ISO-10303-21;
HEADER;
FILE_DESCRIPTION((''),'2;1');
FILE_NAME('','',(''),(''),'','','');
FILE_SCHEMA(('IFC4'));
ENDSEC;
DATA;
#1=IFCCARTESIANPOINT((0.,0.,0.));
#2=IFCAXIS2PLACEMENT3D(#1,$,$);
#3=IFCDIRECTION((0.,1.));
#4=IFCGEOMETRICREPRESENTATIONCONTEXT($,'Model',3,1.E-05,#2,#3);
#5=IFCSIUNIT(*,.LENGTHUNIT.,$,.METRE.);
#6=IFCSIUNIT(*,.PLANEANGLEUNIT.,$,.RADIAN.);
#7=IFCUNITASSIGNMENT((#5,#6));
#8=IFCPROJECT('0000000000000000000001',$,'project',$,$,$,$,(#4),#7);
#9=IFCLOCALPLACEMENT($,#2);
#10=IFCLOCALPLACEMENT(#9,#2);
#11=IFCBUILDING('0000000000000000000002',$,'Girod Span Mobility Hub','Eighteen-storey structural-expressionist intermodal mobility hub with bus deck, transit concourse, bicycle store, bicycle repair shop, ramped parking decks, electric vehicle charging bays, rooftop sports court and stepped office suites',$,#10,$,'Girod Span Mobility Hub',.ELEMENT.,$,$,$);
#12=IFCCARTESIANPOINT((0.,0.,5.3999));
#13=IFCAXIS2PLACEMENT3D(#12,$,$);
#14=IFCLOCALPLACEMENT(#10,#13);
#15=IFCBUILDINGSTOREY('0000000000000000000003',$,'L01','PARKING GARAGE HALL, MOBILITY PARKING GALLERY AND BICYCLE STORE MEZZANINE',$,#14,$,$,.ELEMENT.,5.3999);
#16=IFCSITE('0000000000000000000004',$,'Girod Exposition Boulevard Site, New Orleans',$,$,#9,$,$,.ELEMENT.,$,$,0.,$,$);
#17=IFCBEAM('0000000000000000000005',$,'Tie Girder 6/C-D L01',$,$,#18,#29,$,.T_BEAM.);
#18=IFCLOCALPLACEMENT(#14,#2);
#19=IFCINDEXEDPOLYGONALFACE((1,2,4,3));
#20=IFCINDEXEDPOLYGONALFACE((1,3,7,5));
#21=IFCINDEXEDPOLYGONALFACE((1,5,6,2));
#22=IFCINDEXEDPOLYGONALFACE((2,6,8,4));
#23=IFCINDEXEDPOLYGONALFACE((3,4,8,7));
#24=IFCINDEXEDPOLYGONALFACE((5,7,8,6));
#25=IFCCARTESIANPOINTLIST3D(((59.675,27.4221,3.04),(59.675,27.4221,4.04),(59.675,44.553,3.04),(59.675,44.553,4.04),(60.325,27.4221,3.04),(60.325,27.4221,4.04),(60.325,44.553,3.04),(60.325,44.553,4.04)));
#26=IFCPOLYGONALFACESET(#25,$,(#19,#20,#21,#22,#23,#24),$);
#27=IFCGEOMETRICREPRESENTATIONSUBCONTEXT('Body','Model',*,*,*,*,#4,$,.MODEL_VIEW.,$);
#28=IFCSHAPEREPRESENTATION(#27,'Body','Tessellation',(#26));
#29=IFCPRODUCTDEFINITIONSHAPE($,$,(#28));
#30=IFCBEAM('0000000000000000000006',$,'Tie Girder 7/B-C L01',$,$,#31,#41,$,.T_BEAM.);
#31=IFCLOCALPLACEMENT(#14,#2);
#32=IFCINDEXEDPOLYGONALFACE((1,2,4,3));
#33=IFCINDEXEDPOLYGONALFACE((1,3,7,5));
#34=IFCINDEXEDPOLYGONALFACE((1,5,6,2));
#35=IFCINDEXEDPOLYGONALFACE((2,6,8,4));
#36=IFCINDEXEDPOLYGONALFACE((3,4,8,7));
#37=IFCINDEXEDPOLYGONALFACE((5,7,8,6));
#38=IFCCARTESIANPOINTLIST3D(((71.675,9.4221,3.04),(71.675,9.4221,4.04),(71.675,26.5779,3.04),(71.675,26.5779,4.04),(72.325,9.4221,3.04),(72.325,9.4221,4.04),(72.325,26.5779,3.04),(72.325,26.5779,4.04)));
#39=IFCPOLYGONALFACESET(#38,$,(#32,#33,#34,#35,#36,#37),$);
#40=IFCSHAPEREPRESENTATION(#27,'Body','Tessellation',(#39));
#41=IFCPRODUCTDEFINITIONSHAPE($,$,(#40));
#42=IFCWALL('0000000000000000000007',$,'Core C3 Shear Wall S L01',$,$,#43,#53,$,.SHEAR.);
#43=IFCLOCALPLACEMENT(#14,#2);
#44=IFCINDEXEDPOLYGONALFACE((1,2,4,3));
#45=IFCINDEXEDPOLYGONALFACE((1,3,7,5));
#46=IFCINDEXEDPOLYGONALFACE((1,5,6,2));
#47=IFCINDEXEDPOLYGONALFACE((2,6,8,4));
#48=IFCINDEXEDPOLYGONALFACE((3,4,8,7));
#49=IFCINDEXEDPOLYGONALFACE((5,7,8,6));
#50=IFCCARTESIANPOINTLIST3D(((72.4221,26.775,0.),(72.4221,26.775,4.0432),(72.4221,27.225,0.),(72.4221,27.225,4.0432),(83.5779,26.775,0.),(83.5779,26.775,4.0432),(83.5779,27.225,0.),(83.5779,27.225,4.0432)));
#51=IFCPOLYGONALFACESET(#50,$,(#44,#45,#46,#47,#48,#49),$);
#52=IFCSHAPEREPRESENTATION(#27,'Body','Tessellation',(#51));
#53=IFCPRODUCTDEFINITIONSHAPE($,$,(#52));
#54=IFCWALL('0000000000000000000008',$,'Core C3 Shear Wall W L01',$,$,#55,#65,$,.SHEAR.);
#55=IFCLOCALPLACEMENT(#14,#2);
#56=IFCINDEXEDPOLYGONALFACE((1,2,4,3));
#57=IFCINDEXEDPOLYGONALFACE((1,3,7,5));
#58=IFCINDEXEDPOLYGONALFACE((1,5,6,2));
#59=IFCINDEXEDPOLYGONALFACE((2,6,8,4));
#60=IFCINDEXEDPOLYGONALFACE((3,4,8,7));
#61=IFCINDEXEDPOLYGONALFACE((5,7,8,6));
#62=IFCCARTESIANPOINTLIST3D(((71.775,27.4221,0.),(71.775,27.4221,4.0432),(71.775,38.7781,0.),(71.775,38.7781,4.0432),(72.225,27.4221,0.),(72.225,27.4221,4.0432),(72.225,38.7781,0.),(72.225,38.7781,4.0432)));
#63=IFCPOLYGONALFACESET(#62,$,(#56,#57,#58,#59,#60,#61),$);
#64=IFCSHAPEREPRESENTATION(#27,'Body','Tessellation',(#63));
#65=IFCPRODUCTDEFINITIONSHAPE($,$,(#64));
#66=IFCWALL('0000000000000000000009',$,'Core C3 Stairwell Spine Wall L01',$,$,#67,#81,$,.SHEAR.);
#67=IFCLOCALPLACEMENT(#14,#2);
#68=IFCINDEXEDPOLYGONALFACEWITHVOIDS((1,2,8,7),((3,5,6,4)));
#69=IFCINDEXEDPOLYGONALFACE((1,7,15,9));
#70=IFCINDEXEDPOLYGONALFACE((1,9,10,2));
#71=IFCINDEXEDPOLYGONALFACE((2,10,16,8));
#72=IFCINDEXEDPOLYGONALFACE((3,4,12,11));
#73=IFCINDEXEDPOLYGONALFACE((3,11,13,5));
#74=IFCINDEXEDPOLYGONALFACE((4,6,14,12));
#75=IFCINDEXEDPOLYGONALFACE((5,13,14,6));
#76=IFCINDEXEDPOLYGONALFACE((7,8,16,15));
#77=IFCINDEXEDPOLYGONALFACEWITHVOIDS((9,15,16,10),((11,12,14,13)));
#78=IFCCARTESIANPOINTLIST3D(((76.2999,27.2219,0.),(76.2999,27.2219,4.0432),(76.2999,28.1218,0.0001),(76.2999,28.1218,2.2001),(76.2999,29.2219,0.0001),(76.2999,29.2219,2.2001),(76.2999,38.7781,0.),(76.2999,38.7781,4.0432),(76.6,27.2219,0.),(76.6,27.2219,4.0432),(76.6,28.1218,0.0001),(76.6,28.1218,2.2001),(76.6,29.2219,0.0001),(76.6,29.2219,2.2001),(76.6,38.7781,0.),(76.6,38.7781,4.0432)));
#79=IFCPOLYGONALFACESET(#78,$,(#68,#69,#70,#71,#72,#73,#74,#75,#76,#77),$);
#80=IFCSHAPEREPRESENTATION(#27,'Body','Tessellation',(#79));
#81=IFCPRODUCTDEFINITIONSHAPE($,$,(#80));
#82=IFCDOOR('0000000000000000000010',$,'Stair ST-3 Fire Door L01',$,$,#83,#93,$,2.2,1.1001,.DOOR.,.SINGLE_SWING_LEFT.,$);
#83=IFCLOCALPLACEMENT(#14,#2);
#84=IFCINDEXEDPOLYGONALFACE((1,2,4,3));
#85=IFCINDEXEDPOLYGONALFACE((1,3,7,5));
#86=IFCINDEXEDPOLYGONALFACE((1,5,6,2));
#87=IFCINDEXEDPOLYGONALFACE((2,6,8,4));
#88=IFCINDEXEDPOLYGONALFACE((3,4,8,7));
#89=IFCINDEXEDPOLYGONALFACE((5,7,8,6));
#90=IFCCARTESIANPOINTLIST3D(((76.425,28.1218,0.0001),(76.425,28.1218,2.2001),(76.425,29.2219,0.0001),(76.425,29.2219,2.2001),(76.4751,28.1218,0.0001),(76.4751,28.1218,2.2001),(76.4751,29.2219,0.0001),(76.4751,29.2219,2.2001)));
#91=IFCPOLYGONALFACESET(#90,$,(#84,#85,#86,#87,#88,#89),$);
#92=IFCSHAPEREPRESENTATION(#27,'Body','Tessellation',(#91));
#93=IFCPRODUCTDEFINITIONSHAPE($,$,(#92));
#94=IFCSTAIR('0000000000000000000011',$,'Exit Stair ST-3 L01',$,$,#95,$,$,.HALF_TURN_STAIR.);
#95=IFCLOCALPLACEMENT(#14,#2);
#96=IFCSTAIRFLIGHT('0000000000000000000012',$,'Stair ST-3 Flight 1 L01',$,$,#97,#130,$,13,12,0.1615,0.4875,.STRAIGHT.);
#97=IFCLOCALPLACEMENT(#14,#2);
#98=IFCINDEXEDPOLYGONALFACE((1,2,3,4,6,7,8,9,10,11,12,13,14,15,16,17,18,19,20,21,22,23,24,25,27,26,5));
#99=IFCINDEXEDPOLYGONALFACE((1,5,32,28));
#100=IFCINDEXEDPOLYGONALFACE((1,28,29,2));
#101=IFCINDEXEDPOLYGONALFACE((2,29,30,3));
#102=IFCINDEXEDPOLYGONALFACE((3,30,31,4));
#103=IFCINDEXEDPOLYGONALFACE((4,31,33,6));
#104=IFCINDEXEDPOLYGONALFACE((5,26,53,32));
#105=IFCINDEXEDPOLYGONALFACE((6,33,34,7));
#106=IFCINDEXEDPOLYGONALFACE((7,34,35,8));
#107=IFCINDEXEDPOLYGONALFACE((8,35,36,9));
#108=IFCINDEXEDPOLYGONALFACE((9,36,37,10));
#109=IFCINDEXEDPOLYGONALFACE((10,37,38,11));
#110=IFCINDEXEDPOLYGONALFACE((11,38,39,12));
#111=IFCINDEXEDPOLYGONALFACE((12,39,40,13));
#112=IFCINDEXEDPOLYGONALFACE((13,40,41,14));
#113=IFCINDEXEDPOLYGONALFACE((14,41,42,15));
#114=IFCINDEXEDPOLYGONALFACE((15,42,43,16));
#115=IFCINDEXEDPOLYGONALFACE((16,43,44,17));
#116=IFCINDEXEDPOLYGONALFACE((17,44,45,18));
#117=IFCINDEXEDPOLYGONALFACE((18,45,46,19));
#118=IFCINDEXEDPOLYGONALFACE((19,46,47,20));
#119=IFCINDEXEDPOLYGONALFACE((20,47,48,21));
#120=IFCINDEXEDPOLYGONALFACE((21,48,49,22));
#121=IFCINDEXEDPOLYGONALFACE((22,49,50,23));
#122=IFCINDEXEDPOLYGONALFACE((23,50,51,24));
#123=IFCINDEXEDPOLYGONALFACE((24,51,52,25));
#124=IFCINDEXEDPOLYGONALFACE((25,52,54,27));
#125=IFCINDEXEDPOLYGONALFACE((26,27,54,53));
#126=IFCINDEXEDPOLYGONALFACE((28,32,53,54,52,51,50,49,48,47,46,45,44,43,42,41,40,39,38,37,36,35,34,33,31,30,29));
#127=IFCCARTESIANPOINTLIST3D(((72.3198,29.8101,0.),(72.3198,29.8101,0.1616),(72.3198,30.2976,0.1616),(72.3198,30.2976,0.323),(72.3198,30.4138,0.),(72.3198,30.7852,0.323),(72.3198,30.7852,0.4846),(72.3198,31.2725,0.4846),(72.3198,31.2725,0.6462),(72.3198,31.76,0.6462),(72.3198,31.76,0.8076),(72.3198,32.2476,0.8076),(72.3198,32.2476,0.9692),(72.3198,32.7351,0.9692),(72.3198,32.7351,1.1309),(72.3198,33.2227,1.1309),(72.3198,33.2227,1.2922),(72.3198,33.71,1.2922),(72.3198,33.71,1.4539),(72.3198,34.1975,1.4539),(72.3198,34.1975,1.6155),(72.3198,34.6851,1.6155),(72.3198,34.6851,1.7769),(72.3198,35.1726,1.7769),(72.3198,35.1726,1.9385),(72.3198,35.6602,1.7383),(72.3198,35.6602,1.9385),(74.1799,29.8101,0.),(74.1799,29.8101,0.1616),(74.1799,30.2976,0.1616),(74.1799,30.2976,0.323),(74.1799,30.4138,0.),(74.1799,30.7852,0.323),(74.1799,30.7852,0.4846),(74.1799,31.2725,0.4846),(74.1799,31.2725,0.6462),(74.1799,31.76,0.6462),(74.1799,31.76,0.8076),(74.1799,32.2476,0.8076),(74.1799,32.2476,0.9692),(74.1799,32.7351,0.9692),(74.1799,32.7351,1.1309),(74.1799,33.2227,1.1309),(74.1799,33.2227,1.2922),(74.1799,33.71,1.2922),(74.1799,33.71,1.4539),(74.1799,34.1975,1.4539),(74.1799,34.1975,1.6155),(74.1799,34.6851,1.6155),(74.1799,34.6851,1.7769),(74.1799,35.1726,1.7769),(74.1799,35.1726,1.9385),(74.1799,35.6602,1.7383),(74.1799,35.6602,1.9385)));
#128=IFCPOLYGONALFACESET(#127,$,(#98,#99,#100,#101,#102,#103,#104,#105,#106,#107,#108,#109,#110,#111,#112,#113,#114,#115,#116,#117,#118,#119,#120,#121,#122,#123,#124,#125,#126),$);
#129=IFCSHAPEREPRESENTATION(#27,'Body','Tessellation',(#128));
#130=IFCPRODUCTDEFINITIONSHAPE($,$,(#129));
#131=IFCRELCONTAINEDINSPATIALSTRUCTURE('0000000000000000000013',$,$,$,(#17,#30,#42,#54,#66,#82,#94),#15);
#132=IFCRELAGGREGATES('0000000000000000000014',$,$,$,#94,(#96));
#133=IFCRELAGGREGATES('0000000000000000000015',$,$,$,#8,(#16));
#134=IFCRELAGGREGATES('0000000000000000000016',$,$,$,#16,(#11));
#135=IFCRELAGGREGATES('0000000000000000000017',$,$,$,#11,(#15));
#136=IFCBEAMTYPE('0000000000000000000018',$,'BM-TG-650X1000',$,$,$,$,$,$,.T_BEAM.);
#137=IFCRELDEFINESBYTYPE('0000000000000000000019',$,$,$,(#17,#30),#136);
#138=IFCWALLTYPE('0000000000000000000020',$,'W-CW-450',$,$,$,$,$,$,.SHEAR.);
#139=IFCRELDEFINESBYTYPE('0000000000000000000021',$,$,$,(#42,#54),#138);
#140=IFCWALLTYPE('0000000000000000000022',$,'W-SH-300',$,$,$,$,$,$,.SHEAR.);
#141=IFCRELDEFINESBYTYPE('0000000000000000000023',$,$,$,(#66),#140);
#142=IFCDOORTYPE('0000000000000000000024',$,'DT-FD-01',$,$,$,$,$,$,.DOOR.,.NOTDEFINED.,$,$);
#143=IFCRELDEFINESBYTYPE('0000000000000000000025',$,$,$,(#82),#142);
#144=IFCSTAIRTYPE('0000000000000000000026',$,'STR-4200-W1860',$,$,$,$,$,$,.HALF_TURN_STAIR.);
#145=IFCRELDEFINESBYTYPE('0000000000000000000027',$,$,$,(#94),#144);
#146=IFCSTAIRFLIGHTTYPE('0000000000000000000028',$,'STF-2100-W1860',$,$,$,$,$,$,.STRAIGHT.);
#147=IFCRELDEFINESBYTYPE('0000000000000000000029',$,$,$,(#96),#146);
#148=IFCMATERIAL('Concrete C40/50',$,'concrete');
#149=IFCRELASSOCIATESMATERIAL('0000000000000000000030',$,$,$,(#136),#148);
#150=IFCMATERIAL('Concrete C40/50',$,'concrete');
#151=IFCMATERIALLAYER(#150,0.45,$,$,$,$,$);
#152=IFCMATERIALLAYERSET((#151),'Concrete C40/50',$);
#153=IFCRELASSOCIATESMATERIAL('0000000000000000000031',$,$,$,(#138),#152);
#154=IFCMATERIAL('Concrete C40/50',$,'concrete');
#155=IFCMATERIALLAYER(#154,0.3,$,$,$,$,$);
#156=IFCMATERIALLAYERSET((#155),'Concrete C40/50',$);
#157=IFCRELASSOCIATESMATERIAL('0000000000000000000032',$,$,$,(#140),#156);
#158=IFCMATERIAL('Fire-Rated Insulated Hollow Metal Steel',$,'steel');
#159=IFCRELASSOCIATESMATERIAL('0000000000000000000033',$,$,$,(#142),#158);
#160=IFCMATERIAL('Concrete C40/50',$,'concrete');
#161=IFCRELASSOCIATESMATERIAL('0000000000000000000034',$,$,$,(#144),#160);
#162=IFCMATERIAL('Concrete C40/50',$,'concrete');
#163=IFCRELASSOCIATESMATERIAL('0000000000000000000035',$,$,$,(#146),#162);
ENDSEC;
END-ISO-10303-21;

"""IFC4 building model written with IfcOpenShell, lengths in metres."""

from ifc_helpers import new_model, si_unit, direction, frame, frame_2d, origin, origin_2d, place, context, subcontext, project, spatial, polyline, rectangle, outline, extrude, material, layer, layer_set, material_profile, profile_set, type_object, element, fill, aggregate, save


model = new_model("IFC4")

# Units and contexts
model_context = context("Model", 3, precision=1e-05, world=origin(), true_north=direction((0.0, 1.0)))
body_context = subcontext(model_context, "Body", "Model", "MODEL_VIEW")
ifc_project = project(units=[si_unit("LENGTHUNIT", "METRE"), si_unit("PLANEANGLEUNIT", "RADIAN")], contexts=[model_context])

# Site, building, storey
site_placement = place(None, origin())
site = spatial("IfcSite", under=ifc_project, at=site_placement, Name="Girod Exposition Boulevard Site, New Orleans", CompositionType="ELEMENT", RefElevation=0.0)
building_placement = place(site_placement, origin())
building = spatial("IfcBuilding", under=site, at=building_placement, Name="Girod Span Mobility Hub", Description="Eighteen-storey structural-expressionist intermodal mobility hub with bus deck, transit concourse, bicycle store, bicycle repair shop, ramped parking decks, electric vehicle charging bays, rooftop sports court and stepped office suites", LongName="Girod Span Mobility Hub", CompositionType="ELEMENT")
storey_placement = place(building_placement, frame((0.0, 0.0, 5.3999)))
storey = spatial("IfcBuildingStorey", under=building, at=storey_placement, Name="L01", Description="PARKING GARAGE HALL, MOBILITY PARKING GALLERY AND BICYCLE STORE MEZZANINE", CompositionType="ELEMENT", Elevation=5.3999)

# Beams
ifc_material_1 = material(Name="Concrete C40/50", Category="concrete")
ifc_material_profile_1 = material_profile(ifc_material_1, rectangle(XDim=0.6499, YDim=1.0, at=origin_2d()), Name="TG-650X1000")
ifc_profile_set_1 = profile_set([ifc_material_profile_1], Name="Concrete C40/50")
beam_type_1 = type_object("IfcBeamType", Name="BM-TG-650X1000", PredefinedType="T_BEAM", material=ifc_profile_set_1)
beam_1_placement = place(storey_placement, frame((60.0, 27.4221, 3.54), z_axis=(0.0, 1.0, 0.0), x_axis=(-1.0, 0.0, 0.0)))
element("IfcBeam", 1, at=beam_1_placement, inside=storey, type_object=beam_type_1, Name="Tie Girder 6/C-D L01", PredefinedType="T_BEAM", context=body_context, shape_type="SweptSolid", body=[
    extrude(rectangle(XDim=0.6499, YDim=1.0, at=origin_2d()), origin(), (0.0, 0.0, 1.0), 17.1309),
])
beam_2_placement = place(storey_placement, frame((72.0, 9.4221, 3.54), z_axis=(0.0, 1.0, 0.0), x_axis=(-1.0, 0.0, 0.0)))
element("IfcBeam", 2, at=beam_2_placement, inside=storey, type_object=beam_type_1, Name="Tie Girder 7/B-C L01", PredefinedType="T_BEAM", context=body_context, shape_type="SweptSolid", body=[
    extrude(rectangle(XDim=0.6499, YDim=1.0, at=origin_2d()), origin(), (0.0, 0.0, 1.0), 17.1558),
])

# Walls
ifc_material_2 = material(Name="Concrete C40/50", Category="concrete")
ifc_layer_1 = layer(ifc_material_2, 0.45)
ifc_layer_set_1 = layer_set([ifc_layer_1], Name="Concrete C40/50")
wall_type_1 = type_object("IfcWallType", Name="W-CW-450", PredefinedType="SHEAR", material=ifc_layer_set_1)
wall_1_placement = place(storey_placement, frame((72.4221, 27.0, 0.0), z_axis=(0.0, 0.0, 1.0), x_axis=(1.0, 0.0, 0.0)))
element("IfcWall", 3, at=wall_1_placement, inside=storey, type_object=wall_type_1, Name="Core C3 Shear Wall S L01", PredefinedType="SHEAR", context=body_context, shape_type="SweptSolid", body=[
    extrude(rectangle(XDim=11.1558, YDim=0.45, at=frame_2d((5.5779, 0.0))), origin(), (0.0, 0.0, 1.0), 4.0432),
])
wall_2_placement = place(storey_placement, frame((72.0, 27.4221, 0.0), z_axis=(0.0, 0.0, 1.0), x_axis=(0.0, 1.0, 0.0)))
element("IfcWall", 4, at=wall_2_placement, inside=storey, type_object=wall_type_1, Name="Core C3 Shear Wall W L01", PredefinedType="SHEAR", context=body_context, shape_type="SweptSolid", body=[
    extrude(rectangle(XDim=11.356, YDim=0.45, at=frame_2d((5.678, 0.0))), origin(), (0.0, 0.0, 1.0), 4.0432),
])

# Wall, opening, door
ifc_material_3 = material(Name="Concrete C40/50", Category="concrete")
ifc_layer_2 = layer(ifc_material_3, 0.3)
ifc_layer_set_2 = layer_set([ifc_layer_2], Name="Concrete C40/50")
wall_type_2 = type_object("IfcWallType", Name="W-SH-300", PredefinedType="SHEAR", material=ifc_layer_set_2)
wall_3_placement = place(storey_placement, frame((76.45, 27.2219, 0.0), z_axis=(0.0, 0.0, 1.0), x_axis=(0.0, 1.0, 0.0)))
wall_3 = element("IfcWall", 5, at=wall_3_placement, inside=storey, type_object=wall_type_2, Name="Core C3 Stairwell Spine Wall L01", PredefinedType="SHEAR", context=body_context, shape_type="SweptSolid", body=[
    extrude(rectangle(XDim=11.5562, YDim=0.3, at=frame_2d((5.7781, 0.0))), origin(), (0.0, 0.0, 1.0), 4.0432),
])
opening_placement = place(wall_3_placement, frame((0.8999, 0.0, 0.0)))
opening = element("IfcOpeningElement", 6, at=opening_placement, cuts=wall_3, PredefinedType="OPENING", context=body_context, shape_type="SweptSolid", body=[
    extrude(rectangle(XDim=1.1001, YDim=2.2, at=frame_2d((0.55, 1.1001))), frame((0.0, 0.165, 0.0), z_axis=(0.0, -1.0, 0.0), x_axis=(1.0, 0.0, 0.0)), (0.0, 0.0, 1.0), 0.3301),
])
ifc_material_4 = material(Name="Fire-Rated Insulated Hollow Metal Steel", Category="steel")
door_type = type_object("IfcDoorType", Name="DT-FD-01", OperationType="NOTDEFINED", PredefinedType="DOOR", material=ifc_material_4)
door_placement = place(opening_placement, origin())
door = element("IfcDoor", 7, at=door_placement, inside=storey, type_object=door_type, Name="Stair ST-3 Fire Door L01", OperationType="SINGLE_SWING_LEFT", OverallHeight=2.2, OverallWidth=1.1001, PredefinedType="DOOR", context=body_context, shape_type="SweptSolid", body=[
    extrude(rectangle(XDim=1.1001, YDim=2.2, at=frame_2d((0.55, 1.1001))), frame((0.0, 0.0249, 0.0), z_axis=(0.0, -1.0, 0.0), x_axis=(1.0, 0.0, 0.0)), (0.0, 0.0, 1.0), 0.05),
])
fill(opening, door)

# Stair, stair flight
ifc_material_5 = material(Name="Concrete C40/50", Category="concrete")
stair_type = type_object("IfcStairType", Name="STR-4200-W1860", PredefinedType="HALF_TURN_STAIR", material=ifc_material_5)
stair_placement = place(storey_placement, origin())
stair = element("IfcStair", 8, at=stair_placement, inside=storey, type_object=stair_type, Name="Exit Stair ST-3 L01", PredefinedType="HALF_TURN_STAIR")
ifc_material_6 = material(Name="Concrete C40/50", Category="concrete")
stair_flight_type = type_object("IfcStairFlightType", Name="STF-2100-W1860", PredefinedType="STRAIGHT", material=ifc_material_6)
stair_flight_placement = place(storey_placement, frame((73.25, 29.8101, 0.0), z_axis=(0.0, 0.0, 1.0), x_axis=(0.0, 1.0, 0.0)))
stair_flight = element("IfcStairFlight", 9, at=stair_flight_placement, type_object=stair_flight_type, Name="Stair ST-3 Flight 1 L01", NumberOfRisers=13, NumberOfTreads=12, PredefinedType="STRAIGHT", RiserHeight=0.1615, TreadLength=0.4875, context=body_context, shape_type="SweptSolid", body=[
    extrude(outline(polyline([(0.0, 0.0), (0.0, 0.1616), (0.4875, 0.1616), (0.4875, 0.323), (0.9751, 0.323), (0.9751, 0.4846), (1.4624, 0.4846), (1.4624, 0.6462), (1.95, 0.6462), (1.95, 0.8076), (2.4375, 0.8076), (2.4375, 0.9692), (2.925, 0.9692), (2.925, 1.1309), (3.4126, 1.1309), (3.4126, 1.2922), (3.8999, 1.2922), (3.8999, 1.4539), (4.3875, 1.4539), (4.3875, 1.6155), (4.875, 1.6155), (4.875, 1.7769), (5.3625, 1.7769), (5.3625, 1.9385), (5.8501, 1.9385), (5.8501, 2.1001), (5.8501, 1.7383), (0.6038, 0.0), (0.0, 0.0)])), frame((0.0, 0.9302, 0.0), z_axis=(0.0, -1.0, 0.0), x_axis=(1.0, 0.0, 0.0)), (0.0, 0.0, 1.0), 1.8601),
])
aggregate(stair, [stair_flight])

save(model, "model.ifc")
